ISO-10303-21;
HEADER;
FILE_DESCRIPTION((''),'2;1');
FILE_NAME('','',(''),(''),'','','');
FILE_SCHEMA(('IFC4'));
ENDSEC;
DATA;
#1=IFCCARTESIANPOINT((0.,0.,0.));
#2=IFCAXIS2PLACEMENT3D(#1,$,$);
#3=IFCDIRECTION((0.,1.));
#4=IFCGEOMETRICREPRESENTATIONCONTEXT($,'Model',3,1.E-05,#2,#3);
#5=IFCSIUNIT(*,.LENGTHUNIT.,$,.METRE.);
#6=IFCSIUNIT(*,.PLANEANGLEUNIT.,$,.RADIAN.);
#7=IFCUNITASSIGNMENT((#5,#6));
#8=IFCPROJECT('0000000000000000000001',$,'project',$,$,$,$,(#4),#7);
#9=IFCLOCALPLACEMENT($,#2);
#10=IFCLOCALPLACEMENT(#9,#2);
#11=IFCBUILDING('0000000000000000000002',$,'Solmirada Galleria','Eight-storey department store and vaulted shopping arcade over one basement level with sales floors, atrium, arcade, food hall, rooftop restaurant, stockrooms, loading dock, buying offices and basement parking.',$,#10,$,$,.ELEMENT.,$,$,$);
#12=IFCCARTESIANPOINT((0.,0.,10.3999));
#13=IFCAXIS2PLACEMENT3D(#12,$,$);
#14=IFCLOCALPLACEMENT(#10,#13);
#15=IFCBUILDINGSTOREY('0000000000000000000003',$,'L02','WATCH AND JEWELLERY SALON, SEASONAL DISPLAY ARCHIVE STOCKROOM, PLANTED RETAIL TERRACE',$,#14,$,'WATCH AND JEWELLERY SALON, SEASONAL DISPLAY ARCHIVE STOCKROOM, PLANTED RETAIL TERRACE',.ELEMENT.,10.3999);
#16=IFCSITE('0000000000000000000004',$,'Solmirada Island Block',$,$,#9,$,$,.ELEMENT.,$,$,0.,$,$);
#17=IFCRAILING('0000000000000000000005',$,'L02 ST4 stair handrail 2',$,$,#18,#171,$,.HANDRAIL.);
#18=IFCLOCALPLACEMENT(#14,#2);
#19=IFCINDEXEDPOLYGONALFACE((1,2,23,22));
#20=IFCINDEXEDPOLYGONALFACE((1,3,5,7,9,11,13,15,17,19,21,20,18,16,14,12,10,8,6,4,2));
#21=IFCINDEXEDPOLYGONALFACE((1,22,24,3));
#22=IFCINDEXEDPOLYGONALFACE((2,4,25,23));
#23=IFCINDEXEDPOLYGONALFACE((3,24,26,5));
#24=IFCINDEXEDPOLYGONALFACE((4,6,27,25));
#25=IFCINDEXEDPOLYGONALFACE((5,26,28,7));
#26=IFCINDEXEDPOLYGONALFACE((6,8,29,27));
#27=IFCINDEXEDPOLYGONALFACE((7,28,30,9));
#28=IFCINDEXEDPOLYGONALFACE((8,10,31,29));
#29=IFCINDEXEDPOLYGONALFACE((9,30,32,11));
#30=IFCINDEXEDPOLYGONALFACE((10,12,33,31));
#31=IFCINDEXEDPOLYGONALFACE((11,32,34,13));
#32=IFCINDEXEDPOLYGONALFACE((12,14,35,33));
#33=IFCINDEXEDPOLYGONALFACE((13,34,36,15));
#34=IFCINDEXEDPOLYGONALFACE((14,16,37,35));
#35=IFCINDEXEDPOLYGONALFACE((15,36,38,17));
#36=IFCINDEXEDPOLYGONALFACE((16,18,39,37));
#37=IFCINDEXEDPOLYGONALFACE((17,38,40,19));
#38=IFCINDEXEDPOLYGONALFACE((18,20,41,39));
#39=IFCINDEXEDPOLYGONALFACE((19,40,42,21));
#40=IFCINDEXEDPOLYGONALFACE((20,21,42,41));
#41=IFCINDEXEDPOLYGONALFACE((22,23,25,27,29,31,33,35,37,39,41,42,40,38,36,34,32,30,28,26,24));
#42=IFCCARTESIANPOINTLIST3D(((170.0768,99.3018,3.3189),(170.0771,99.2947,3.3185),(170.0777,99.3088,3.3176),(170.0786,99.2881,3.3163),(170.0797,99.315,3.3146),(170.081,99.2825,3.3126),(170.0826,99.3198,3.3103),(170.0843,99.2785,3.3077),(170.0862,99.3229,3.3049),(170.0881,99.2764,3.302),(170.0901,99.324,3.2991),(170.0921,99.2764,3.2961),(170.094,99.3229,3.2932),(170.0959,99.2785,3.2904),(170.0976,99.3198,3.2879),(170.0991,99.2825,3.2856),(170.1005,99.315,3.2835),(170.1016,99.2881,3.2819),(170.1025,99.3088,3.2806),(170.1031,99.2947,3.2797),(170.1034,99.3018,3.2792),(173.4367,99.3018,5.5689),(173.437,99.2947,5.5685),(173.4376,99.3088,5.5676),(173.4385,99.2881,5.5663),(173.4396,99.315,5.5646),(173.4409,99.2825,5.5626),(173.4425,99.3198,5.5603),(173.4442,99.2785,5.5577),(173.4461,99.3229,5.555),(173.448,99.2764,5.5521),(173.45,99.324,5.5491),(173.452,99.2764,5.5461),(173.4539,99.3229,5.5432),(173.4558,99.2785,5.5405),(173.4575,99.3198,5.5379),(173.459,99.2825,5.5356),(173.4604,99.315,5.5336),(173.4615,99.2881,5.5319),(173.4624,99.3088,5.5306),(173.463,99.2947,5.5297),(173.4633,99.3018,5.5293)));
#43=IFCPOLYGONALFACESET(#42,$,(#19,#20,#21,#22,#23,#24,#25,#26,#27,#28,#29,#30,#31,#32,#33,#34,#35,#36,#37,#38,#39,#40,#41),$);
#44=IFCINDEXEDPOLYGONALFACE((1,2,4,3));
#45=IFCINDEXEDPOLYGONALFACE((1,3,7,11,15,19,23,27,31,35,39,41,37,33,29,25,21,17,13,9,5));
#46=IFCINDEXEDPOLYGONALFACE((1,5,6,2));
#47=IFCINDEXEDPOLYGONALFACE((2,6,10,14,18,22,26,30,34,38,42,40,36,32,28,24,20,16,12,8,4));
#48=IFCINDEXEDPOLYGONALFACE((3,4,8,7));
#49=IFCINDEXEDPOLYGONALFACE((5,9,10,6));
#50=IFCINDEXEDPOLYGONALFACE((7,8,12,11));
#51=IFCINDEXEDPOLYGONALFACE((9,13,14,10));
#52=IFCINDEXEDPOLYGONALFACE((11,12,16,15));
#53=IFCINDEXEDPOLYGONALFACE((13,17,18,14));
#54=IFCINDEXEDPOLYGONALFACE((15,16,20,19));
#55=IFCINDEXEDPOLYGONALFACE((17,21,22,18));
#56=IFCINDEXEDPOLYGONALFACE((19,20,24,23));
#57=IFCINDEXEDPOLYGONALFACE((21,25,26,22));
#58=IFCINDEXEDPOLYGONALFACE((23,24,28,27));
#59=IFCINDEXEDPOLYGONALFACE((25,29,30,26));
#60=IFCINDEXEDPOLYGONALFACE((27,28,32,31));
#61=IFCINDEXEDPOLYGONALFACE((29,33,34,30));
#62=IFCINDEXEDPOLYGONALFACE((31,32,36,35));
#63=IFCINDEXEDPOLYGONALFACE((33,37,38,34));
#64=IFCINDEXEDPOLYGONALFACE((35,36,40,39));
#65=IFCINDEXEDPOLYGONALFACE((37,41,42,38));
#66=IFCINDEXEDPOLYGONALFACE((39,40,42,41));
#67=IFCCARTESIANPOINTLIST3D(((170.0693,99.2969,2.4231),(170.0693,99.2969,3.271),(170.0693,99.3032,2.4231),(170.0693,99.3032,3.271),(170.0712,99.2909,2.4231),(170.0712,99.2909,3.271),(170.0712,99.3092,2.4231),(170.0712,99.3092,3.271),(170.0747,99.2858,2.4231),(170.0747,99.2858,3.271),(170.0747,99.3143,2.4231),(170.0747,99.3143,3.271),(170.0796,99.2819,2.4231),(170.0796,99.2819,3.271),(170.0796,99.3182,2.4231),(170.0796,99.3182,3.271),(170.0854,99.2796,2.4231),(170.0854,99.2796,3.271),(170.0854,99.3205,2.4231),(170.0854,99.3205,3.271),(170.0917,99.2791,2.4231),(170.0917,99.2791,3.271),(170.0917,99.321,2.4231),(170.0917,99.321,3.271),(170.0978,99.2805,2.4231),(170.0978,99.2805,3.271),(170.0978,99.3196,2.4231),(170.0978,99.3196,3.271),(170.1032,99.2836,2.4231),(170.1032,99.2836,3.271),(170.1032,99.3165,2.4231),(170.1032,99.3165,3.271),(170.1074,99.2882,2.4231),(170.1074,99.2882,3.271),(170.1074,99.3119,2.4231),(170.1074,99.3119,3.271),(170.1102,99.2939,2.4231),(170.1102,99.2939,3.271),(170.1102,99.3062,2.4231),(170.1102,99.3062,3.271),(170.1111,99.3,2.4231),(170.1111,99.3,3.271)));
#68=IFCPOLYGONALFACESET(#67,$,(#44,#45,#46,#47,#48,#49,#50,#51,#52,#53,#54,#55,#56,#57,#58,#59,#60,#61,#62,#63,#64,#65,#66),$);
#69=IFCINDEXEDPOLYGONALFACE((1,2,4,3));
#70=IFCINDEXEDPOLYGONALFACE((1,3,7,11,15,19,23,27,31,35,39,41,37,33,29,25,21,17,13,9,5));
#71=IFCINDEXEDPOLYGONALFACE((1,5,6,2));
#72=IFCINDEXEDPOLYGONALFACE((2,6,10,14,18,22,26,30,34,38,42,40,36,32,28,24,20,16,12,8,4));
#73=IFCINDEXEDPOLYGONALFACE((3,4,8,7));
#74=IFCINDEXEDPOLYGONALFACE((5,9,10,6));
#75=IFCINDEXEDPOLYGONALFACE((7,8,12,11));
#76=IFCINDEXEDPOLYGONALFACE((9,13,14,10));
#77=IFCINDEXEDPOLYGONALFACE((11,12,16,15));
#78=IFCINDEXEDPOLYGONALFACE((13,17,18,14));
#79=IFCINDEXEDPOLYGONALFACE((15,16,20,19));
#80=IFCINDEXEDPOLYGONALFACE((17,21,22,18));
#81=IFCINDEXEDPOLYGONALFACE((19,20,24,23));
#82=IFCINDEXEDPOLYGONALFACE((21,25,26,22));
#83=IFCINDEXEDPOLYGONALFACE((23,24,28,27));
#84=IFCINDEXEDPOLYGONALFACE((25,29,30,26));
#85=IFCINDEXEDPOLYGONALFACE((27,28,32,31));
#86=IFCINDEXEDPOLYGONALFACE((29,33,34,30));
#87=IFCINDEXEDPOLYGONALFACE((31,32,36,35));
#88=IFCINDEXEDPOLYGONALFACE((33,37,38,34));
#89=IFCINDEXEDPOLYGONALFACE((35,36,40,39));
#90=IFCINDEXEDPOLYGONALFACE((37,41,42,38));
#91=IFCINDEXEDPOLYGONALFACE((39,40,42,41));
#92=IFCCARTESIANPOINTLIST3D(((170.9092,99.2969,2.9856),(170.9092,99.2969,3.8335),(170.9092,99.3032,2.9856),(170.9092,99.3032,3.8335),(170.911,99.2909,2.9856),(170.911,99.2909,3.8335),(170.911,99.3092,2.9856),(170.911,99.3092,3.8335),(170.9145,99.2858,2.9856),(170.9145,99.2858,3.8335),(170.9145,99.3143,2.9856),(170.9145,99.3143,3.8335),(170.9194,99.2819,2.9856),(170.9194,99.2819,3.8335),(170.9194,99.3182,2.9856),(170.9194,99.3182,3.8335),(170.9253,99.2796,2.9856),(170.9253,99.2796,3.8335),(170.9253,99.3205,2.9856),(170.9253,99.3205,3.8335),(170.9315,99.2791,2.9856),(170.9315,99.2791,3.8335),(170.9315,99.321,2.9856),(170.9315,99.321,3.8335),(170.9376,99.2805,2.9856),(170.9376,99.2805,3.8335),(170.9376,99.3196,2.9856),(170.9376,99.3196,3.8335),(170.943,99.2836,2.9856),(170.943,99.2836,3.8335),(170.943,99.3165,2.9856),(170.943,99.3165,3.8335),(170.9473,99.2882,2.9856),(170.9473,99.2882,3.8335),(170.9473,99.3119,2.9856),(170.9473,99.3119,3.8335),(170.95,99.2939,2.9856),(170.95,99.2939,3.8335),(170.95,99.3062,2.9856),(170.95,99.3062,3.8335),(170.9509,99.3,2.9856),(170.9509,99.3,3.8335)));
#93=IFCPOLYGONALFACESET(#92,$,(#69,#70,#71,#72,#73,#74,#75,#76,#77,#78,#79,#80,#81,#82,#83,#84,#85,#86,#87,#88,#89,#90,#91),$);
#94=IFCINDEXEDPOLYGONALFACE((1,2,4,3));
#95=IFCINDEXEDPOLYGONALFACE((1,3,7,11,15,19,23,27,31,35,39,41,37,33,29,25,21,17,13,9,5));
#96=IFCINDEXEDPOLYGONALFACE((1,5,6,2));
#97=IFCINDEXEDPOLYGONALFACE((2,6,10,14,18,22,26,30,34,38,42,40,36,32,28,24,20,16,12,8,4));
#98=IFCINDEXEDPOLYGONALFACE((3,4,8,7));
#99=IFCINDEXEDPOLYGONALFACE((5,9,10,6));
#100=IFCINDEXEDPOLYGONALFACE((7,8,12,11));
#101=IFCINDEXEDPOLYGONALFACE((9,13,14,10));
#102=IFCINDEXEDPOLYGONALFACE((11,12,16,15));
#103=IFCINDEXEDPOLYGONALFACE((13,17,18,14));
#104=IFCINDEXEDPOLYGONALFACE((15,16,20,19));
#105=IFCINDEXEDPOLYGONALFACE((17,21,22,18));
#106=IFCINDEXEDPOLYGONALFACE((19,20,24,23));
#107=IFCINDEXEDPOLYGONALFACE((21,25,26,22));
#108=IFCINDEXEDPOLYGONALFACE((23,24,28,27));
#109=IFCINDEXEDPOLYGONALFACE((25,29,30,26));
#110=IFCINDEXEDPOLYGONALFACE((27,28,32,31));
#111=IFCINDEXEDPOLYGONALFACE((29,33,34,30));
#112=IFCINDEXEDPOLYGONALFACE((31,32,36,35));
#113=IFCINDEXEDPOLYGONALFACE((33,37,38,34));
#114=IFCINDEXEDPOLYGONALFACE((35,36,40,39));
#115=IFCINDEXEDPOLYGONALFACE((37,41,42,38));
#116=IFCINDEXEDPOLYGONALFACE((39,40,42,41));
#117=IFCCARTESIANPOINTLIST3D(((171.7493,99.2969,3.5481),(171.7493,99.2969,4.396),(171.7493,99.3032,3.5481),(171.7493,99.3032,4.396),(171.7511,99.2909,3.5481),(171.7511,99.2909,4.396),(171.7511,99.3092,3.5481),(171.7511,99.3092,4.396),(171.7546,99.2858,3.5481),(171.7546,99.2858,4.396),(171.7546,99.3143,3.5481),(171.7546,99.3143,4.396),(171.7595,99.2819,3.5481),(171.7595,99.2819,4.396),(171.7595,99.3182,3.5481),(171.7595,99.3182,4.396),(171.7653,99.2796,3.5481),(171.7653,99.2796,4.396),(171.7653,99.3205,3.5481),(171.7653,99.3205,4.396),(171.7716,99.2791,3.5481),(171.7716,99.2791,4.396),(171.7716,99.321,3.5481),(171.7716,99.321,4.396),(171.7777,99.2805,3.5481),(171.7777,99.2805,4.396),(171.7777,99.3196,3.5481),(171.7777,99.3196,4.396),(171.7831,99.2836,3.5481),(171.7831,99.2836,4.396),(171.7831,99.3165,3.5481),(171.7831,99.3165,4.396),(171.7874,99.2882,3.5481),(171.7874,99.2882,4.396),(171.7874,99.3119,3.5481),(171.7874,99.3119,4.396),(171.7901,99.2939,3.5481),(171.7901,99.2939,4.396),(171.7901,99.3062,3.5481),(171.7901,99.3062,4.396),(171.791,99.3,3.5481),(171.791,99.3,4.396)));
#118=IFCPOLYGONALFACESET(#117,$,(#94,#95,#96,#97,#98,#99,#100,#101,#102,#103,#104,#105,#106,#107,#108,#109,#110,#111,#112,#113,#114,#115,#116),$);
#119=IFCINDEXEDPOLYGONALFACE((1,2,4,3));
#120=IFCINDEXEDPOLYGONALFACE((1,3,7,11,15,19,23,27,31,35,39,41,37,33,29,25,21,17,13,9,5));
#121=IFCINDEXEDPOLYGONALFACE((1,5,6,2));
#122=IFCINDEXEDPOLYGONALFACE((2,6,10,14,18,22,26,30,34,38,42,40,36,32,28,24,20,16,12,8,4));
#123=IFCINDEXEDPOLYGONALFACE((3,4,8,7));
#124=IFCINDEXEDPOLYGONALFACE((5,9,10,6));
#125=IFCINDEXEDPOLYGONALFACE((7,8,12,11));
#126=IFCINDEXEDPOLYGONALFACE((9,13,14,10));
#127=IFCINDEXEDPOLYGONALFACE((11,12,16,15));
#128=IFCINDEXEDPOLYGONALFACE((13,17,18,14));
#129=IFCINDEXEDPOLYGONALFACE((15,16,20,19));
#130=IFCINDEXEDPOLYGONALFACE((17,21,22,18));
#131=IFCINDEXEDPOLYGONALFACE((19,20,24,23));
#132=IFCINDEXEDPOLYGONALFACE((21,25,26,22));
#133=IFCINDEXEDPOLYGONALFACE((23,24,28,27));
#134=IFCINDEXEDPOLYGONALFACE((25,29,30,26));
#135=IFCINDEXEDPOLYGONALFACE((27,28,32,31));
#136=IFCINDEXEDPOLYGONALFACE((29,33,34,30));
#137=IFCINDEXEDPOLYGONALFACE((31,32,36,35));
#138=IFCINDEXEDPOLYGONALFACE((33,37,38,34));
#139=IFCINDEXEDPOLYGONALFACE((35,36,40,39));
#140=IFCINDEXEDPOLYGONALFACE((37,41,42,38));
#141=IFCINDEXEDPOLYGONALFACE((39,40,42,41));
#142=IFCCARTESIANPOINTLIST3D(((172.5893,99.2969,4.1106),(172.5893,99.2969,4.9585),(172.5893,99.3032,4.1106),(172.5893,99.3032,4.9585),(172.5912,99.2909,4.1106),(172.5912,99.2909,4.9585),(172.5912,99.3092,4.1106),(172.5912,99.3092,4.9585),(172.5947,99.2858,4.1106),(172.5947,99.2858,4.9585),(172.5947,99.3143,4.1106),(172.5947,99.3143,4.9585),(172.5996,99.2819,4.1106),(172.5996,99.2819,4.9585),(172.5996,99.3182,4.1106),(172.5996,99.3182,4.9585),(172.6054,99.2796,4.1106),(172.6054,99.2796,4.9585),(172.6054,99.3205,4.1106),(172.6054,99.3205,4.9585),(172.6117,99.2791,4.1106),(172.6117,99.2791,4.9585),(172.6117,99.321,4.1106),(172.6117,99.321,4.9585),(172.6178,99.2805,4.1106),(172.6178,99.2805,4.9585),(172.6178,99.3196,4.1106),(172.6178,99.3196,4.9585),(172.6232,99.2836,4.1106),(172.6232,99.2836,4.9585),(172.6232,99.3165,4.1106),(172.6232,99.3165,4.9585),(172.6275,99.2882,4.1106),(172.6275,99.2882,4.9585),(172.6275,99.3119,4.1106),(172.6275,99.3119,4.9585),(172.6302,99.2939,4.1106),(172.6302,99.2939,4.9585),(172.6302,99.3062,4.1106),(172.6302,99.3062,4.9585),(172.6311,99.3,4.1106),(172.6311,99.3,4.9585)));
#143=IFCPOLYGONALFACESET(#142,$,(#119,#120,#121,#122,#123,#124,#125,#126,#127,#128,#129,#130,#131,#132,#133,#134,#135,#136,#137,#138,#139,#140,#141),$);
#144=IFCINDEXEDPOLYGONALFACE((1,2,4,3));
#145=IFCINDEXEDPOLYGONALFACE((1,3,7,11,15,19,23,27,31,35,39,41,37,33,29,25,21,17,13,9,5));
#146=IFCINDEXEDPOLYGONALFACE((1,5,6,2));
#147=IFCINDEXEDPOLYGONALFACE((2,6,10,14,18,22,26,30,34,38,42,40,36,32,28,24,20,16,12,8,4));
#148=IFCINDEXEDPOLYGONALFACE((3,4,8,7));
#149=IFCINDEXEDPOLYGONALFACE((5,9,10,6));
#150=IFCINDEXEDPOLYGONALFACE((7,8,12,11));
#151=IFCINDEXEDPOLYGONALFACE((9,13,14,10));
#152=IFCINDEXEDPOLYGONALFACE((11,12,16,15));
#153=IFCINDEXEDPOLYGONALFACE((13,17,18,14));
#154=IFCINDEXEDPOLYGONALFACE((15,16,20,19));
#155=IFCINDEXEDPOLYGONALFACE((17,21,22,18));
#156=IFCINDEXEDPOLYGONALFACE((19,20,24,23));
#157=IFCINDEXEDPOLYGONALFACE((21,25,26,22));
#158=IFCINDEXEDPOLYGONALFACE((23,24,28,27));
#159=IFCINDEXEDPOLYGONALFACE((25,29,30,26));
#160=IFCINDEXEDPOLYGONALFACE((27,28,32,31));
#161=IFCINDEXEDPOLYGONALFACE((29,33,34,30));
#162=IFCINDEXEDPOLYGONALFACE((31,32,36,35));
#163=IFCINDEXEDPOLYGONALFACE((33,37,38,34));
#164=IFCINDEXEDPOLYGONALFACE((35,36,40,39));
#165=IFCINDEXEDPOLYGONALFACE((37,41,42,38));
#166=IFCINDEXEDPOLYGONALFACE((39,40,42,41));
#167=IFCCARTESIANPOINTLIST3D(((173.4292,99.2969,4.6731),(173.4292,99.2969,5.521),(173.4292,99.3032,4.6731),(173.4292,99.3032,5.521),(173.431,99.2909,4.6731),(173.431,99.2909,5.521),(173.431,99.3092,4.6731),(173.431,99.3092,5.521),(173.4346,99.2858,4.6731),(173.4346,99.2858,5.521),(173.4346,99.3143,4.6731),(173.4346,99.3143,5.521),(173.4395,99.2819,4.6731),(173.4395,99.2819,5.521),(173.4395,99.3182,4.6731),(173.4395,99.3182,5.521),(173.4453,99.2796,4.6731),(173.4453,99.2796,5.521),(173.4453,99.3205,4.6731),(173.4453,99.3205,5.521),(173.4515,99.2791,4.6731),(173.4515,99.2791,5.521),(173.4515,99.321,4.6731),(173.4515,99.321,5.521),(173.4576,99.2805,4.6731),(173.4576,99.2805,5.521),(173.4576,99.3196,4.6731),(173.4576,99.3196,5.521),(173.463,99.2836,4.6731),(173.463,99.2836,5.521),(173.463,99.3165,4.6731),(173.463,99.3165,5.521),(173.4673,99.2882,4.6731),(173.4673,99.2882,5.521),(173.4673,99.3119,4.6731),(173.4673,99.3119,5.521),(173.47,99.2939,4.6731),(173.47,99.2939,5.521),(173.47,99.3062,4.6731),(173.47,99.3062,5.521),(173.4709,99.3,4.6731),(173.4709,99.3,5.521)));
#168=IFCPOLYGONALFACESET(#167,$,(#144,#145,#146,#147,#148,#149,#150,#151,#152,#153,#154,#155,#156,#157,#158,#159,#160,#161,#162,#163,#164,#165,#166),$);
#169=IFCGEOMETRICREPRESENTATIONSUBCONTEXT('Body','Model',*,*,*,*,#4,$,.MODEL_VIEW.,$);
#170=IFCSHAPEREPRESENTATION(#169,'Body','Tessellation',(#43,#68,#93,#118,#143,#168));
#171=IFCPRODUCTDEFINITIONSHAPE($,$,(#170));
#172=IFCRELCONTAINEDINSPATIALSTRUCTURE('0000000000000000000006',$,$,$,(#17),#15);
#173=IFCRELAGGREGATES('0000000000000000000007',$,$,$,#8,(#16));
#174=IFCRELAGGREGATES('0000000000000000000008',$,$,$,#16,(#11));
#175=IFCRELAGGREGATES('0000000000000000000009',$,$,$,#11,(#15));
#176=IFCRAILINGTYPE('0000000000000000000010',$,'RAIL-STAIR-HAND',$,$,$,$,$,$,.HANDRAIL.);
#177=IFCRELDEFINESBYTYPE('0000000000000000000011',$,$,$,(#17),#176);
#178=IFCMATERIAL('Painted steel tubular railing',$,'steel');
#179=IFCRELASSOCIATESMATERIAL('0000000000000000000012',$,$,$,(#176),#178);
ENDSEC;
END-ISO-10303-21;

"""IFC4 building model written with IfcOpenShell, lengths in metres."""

from ifc_helpers import new_model, si_unit, direction, frame, origin, origin_2d, place, context, subcontext, project, spatial, circle, extrude, material, type_object, element, save


model = new_model("IFC4")

# Units and contexts
model_context = context("Model", 3, precision=1e-05, world=origin(), true_north=direction((0.0, 1.0)))
body_context = subcontext(model_context, "Body", "Model", "MODEL_VIEW")
ifc_project = project(units=[si_unit("LENGTHUNIT", "METRE"), si_unit("PLANEANGLEUNIT", "RADIAN")], contexts=[model_context])

# Site, building, storey
site_placement = place(None, origin())
site = spatial("IfcSite", under=ifc_project, at=site_placement, Name="Solmirada Island Block", CompositionType="ELEMENT", RefElevation=0.0)
building_placement = place(site_placement, origin())
building = spatial("IfcBuilding", under=site, at=building_placement, Name="Solmirada Galleria", Description="Eight-storey department store and vaulted shopping arcade over one basement level with sales floors, atrium, arcade, food hall, rooftop restaurant, stockrooms, loading dock, buying offices and basement parking.", CompositionType="ELEMENT")
storey_placement = place(building_placement, frame((0.0, 0.0, 10.3999)))
storey = spatial("IfcBuildingStorey", under=building, at=storey_placement, Name="L02", Description="WATCH AND JEWELLERY SALON, SEASONAL DISPLAY ARCHIVE STOCKROOM, PLANTED RETAIL TERRACE", LongName="WATCH AND JEWELLERY SALON, SEASONAL DISPLAY ARCHIVE STOCKROOM, PLANTED RETAIL TERRACE", CompositionType="ELEMENT", Elevation=10.3999)

# Railing
ifc_material_1 = material(Name="Painted steel tubular railing", Category="steel")
railing_type_1 = type_object("IfcRailingType", Name="RAIL-STAIR-HAND", PredefinedType="HANDRAIL", material=ifc_material_1)
railing_1_placement = place(storey_placement, frame((170.0901, 99.3, 2.4231)))
element("IfcRailing", 1, at=railing_1_placement, inside=storey, type_object=railing_type_1, Name="L02 ST4 stair handrail 2", PredefinedType="HANDRAIL", context=body_context, shape_type="SweptSolid", body=[
    extrude(circle(Radius=0.0239, at=origin_2d()), frame((0.0, 0.0, 0.876), z_axis=(0.830897, 0.0, 0.556427), x_axis=(0.0, 1.0, 0.0)), (0.0, 0.0, 1.0), 4.0437),
    extrude(circle(Radius=0.021, at=origin_2d()), origin(), (0.0, 0.0, 1.0), 0.8479),
    extrude(circle(Radius=0.021, at=origin_2d()), frame((0.8398, 0.0, 0.5625)), (0.0, 0.0, 1.0), 0.8479),
    extrude(circle(Radius=0.021, at=origin_2d()), frame((1.6799, 0.0, 1.125)), (0.0, 0.0, 1.0), 0.8479),
    extrude(circle(Radius=0.021, at=origin_2d()), frame((2.52, 0.0, 1.6875)), (0.0, 0.0, 1.0), 0.8479),
    extrude(circle(Radius=0.021, at=origin_2d()), frame((3.3599, 0.0, 2.25)), (0.0, 0.0, 1.0), 0.8479),
])

save(model, "model.ifc")
